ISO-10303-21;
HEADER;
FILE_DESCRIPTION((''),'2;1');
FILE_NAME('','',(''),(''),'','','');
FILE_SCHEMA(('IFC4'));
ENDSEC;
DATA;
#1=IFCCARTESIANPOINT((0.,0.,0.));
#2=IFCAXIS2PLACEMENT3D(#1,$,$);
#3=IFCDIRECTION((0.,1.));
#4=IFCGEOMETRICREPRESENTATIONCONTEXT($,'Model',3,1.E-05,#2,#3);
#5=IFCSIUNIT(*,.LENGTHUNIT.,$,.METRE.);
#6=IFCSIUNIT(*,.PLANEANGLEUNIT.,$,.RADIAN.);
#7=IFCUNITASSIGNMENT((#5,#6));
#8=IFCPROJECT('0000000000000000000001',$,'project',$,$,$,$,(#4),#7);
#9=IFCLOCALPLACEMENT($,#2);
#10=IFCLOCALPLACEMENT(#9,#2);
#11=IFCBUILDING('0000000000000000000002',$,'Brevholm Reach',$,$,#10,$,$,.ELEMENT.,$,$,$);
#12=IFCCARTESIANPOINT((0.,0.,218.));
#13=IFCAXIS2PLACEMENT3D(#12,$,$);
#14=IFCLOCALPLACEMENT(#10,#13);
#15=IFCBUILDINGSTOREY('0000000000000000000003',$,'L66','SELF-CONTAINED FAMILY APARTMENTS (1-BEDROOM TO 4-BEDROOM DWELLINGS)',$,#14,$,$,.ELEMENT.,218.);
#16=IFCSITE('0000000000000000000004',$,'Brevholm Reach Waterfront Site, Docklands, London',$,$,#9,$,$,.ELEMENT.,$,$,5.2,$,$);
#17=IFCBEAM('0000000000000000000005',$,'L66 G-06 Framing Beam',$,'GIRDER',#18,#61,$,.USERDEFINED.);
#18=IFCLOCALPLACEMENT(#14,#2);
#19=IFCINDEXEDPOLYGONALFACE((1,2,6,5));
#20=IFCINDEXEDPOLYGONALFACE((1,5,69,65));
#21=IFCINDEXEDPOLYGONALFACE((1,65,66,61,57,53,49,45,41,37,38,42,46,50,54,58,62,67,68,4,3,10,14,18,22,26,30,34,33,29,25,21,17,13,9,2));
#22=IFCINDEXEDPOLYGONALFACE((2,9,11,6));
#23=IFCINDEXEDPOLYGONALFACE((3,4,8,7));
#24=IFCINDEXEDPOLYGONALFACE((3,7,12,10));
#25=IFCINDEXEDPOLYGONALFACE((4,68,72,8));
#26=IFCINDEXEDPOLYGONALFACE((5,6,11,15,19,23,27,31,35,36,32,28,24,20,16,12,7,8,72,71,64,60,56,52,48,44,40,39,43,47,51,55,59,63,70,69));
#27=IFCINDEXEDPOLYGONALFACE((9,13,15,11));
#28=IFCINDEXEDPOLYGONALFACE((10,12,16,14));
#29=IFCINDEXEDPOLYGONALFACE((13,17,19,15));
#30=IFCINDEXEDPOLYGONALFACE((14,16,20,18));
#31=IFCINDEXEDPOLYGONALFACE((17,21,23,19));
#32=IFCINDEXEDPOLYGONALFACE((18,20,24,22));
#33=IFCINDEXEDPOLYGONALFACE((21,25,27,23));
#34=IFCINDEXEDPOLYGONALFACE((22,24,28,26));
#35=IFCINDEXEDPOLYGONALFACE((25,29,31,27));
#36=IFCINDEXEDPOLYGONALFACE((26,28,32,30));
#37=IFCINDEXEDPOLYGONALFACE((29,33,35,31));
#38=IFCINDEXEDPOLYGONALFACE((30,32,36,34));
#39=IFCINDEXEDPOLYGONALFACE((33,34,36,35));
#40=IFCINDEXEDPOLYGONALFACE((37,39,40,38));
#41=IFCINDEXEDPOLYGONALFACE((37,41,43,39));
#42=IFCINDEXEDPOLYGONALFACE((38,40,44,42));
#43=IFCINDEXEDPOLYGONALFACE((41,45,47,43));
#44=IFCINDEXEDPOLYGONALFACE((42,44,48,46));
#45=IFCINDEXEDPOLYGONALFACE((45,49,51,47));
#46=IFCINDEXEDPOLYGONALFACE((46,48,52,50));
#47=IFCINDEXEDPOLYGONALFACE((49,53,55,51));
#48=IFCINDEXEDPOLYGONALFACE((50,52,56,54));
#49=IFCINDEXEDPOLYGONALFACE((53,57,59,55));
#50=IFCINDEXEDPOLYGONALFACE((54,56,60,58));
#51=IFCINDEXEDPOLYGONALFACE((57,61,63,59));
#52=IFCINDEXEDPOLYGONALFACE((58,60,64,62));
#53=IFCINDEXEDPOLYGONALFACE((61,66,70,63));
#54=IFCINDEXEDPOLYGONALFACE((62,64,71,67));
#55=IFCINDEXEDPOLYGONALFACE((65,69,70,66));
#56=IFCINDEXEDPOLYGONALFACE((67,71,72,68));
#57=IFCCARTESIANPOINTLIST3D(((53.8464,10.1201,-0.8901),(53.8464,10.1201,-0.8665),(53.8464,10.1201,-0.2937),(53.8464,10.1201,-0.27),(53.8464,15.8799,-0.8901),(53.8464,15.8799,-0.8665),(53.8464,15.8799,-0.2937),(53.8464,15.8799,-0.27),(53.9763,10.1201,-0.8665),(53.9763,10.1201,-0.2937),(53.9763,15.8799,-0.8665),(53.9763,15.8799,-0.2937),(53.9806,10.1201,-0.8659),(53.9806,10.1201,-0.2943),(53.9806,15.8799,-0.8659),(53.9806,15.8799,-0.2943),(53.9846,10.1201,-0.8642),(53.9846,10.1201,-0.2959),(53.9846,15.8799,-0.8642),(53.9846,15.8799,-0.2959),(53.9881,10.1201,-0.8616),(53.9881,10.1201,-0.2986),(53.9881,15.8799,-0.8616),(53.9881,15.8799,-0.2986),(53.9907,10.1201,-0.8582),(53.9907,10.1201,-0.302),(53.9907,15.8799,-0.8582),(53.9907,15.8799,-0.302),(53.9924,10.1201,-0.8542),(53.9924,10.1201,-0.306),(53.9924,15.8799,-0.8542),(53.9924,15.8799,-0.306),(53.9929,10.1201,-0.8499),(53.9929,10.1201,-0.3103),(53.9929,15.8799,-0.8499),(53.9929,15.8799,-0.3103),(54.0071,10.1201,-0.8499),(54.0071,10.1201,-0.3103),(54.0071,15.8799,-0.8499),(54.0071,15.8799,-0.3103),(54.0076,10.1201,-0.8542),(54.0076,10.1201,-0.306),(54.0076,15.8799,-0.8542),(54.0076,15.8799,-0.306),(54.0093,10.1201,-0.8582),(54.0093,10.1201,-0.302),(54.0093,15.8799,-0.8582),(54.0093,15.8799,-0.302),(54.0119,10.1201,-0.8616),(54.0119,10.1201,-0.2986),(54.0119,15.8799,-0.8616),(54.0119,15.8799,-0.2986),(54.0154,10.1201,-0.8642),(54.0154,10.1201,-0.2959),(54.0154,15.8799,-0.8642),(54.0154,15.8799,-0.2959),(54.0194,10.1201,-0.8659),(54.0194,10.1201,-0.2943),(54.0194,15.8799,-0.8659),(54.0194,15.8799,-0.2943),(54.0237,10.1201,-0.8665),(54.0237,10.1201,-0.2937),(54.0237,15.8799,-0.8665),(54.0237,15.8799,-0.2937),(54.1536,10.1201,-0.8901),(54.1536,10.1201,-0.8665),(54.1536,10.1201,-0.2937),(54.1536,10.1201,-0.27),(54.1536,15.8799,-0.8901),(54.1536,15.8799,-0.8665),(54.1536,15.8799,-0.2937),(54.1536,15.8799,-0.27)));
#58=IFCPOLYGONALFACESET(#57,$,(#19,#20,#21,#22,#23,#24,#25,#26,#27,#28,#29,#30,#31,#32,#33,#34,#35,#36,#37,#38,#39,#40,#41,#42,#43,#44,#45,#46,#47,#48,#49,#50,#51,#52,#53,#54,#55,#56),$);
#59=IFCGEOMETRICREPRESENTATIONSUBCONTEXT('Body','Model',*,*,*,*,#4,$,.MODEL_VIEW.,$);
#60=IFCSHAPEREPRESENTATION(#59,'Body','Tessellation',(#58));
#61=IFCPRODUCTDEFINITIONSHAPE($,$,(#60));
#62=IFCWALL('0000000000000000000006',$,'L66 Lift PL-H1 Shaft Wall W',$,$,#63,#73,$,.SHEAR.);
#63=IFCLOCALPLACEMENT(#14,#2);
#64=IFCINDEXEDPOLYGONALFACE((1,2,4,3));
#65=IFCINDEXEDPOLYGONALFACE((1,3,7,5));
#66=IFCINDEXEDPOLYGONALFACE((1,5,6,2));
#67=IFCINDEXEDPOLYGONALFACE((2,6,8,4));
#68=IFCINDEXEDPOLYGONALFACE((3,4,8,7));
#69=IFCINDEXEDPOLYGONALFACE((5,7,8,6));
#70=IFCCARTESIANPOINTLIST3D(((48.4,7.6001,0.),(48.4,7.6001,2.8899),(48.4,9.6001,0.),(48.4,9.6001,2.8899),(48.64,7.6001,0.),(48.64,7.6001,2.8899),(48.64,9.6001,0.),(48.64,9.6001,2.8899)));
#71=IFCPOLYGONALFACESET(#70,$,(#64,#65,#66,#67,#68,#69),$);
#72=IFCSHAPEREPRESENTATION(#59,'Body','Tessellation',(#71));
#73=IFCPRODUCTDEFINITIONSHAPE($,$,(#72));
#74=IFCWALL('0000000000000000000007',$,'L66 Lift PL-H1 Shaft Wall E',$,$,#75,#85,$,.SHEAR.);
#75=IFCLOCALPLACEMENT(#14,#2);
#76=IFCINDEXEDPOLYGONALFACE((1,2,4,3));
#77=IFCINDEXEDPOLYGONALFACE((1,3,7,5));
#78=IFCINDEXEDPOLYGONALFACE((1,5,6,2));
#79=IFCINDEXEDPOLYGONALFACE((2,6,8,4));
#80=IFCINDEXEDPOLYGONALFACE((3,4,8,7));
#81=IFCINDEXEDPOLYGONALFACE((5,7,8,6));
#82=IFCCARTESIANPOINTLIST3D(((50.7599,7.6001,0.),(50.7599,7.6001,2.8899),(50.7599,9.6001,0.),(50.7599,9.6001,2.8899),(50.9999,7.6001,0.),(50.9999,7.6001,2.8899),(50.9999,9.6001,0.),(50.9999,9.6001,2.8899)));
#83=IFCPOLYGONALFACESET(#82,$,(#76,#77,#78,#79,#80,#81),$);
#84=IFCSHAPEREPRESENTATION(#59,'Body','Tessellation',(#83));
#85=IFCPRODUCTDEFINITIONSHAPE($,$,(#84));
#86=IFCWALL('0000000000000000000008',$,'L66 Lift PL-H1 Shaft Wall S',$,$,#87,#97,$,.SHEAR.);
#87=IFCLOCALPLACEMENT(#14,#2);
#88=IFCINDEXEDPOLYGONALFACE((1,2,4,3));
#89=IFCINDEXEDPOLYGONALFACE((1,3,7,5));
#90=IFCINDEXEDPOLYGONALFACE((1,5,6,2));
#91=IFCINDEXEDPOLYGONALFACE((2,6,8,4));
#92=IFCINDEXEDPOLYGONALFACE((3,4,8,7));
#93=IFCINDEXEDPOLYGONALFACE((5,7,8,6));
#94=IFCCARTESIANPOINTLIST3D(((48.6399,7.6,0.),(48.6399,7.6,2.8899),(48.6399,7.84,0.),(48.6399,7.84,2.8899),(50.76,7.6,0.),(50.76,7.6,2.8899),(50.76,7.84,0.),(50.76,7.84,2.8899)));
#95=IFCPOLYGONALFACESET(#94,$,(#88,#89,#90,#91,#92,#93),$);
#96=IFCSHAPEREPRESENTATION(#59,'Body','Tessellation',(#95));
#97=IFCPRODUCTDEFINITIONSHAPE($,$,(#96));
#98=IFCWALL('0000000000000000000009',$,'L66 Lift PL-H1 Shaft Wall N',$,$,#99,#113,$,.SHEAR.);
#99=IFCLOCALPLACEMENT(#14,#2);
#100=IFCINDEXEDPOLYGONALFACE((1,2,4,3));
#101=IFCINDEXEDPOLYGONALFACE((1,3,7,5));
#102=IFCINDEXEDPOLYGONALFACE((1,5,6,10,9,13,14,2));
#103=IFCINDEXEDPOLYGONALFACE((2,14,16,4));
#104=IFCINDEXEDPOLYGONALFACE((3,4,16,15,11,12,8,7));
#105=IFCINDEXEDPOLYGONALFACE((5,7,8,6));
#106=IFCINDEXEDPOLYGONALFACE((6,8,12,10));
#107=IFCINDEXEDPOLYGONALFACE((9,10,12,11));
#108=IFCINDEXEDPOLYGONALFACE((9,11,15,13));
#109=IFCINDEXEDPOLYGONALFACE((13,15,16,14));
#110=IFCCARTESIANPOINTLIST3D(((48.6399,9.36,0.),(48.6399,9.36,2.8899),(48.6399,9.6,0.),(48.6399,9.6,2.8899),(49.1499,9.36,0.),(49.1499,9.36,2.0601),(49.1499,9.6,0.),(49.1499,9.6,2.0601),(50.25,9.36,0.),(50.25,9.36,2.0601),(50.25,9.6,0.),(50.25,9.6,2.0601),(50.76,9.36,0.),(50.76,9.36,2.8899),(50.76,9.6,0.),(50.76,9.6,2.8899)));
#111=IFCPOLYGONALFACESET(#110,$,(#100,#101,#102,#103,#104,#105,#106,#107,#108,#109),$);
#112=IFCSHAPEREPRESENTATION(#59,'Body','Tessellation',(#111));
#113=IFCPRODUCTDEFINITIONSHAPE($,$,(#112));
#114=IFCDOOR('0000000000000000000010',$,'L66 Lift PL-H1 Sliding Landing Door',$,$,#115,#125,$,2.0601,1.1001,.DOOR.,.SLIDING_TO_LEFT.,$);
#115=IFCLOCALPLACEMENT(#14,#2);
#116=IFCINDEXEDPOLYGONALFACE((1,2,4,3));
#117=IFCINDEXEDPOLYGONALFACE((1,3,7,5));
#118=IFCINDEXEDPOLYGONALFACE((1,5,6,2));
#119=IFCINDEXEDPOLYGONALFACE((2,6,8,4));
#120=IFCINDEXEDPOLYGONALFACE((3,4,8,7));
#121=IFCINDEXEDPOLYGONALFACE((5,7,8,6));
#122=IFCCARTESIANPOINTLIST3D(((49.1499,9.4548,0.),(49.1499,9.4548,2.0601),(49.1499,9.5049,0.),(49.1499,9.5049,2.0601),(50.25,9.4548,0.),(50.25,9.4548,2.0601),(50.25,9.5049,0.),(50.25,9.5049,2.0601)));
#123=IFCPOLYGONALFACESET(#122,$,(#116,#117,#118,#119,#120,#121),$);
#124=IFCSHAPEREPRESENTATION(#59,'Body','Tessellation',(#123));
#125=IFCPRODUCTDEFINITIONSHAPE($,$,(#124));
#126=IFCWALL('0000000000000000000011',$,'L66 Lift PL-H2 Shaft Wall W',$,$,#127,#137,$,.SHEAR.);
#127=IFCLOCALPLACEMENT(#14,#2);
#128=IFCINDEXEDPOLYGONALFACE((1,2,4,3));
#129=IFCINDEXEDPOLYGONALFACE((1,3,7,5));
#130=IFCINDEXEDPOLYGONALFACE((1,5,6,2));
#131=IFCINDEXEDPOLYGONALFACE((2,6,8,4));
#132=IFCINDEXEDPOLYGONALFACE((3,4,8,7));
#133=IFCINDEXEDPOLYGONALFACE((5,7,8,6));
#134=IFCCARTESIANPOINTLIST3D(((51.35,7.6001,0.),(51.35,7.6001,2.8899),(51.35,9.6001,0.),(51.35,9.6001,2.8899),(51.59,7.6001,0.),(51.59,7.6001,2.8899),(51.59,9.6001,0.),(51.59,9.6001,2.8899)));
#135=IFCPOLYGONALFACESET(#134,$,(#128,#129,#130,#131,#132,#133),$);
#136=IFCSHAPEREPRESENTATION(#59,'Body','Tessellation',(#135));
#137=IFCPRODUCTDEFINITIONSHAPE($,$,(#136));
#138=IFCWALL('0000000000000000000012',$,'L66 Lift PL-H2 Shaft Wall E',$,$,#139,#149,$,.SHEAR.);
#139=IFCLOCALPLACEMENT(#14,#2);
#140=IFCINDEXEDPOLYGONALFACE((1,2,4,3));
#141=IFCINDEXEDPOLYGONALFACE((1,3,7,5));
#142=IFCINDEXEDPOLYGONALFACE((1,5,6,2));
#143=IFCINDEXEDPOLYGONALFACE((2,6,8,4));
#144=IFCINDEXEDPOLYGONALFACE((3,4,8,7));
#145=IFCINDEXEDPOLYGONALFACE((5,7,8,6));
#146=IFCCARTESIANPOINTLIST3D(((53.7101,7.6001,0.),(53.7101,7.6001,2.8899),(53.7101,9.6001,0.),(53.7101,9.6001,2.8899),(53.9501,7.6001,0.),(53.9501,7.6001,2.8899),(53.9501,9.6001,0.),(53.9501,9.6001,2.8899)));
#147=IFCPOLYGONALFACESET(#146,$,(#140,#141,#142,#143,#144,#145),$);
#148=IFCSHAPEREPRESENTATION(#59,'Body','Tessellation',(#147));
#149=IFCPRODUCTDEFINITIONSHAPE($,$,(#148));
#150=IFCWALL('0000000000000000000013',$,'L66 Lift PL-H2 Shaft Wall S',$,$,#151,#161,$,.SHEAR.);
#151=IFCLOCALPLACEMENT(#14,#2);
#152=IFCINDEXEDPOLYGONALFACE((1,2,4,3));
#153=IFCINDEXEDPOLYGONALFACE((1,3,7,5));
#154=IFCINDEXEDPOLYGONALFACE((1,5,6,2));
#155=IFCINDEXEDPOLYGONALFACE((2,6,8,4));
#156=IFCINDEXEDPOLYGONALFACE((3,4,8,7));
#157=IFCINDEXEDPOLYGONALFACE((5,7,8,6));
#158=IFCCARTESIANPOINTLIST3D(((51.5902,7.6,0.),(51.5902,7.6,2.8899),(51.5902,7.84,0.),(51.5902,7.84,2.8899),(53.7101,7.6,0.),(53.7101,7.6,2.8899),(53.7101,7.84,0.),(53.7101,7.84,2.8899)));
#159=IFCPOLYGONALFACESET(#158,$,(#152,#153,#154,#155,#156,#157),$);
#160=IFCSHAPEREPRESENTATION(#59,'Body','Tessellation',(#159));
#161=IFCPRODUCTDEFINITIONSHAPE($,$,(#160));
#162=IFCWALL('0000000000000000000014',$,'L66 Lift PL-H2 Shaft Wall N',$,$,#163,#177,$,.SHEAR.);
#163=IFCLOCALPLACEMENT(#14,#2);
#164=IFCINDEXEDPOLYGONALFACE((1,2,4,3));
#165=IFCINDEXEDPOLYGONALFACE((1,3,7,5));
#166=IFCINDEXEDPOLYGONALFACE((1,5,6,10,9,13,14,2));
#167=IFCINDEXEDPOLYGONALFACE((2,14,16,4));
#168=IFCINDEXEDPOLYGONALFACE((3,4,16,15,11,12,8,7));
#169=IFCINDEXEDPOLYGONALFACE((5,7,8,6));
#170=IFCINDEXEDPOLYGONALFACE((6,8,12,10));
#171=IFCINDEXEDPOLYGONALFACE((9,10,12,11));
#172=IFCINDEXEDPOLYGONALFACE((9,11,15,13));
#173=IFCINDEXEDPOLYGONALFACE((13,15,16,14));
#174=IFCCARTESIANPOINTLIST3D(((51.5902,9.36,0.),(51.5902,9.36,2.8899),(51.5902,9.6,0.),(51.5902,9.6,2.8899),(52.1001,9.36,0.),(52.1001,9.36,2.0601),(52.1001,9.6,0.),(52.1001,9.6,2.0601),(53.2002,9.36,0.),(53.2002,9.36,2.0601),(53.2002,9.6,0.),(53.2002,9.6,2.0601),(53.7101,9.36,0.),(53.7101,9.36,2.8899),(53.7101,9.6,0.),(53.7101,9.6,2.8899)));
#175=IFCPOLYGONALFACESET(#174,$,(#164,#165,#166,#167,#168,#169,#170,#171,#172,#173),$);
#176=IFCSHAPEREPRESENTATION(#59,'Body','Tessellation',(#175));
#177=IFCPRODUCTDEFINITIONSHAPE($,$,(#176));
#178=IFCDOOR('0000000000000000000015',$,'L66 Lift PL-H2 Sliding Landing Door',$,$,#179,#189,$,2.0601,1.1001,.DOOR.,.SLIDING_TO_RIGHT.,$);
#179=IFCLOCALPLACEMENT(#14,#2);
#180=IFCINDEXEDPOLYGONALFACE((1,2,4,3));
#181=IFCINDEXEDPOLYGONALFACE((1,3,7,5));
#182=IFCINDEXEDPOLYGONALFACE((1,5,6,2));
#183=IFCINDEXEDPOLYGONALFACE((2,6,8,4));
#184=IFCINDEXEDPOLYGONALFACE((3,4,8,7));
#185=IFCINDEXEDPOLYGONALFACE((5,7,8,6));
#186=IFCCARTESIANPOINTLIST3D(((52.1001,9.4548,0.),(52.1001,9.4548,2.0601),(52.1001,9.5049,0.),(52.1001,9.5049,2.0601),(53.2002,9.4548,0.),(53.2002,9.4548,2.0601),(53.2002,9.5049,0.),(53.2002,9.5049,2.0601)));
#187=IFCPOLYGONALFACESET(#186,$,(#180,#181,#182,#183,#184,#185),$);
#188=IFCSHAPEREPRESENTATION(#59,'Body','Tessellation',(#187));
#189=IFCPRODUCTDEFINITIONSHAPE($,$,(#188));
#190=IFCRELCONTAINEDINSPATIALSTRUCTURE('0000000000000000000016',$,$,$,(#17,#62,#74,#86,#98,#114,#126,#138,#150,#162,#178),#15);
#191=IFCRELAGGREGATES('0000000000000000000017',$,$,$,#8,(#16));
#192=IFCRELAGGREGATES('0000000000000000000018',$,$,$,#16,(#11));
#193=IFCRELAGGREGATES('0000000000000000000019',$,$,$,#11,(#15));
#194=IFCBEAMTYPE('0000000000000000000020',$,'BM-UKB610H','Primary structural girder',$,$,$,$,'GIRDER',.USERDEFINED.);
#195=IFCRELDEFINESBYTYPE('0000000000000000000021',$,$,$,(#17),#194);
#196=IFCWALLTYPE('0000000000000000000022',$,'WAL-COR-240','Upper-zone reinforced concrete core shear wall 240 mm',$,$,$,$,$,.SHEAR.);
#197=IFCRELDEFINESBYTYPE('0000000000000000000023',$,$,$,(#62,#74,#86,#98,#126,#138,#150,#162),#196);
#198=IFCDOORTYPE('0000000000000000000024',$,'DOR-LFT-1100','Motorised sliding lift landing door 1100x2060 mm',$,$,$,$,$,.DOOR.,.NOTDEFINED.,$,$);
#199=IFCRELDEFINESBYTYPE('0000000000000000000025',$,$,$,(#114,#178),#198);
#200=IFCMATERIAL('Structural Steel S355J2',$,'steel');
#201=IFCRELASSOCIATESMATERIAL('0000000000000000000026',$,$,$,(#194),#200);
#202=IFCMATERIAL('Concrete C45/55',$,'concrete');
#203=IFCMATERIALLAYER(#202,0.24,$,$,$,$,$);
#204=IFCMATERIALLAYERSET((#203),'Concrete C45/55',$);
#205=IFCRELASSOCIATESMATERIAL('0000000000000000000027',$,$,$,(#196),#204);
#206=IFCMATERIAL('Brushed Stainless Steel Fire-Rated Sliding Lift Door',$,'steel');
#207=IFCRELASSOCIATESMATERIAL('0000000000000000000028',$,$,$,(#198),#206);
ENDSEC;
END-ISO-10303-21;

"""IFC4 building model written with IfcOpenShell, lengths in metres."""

from ifc_helpers import new_model, si_unit, direction, frame, frame_2d, origin, origin_2d, place, context, subcontext, project, spatial, rectangle, i_section, extrude, material, layer, layer_set, material_profile, profile_set, type_object, element, fill, save


model = new_model("IFC4")

# Units and contexts
model_context = context("Model", 3, precision=1e-05, world=origin(), true_north=direction((0.0, 1.0)))
body_context = subcontext(model_context, "Body", "Model", "MODEL_VIEW")
ifc_project = project(units=[si_unit("LENGTHUNIT", "METRE"), si_unit("PLANEANGLEUNIT", "RADIAN")], contexts=[model_context])

# Site, building, storey
site_placement = place(None, origin())
site = spatial("IfcSite", under=ifc_project, at=site_placement, Name="Brevholm Reach Waterfront Site, Docklands, London", CompositionType="ELEMENT", RefElevation=5.2)
building_placement = place(site_placement, origin())
building = spatial("IfcBuilding", under=site, at=building_placement, Name="Brevholm Reach", CompositionType="ELEMENT")
storey_placement = place(building_placement, frame((0.0, 0.0, 218.0)))
storey = spatial("IfcBuildingStorey", under=building, at=storey_placement, Name="L66", Description="SELF-CONTAINED FAMILY APARTMENTS (1-BEDROOM TO 4-BEDROOM DWELLINGS)", CompositionType="ELEMENT", Elevation=218.0)

# Beam
ifc_material_1 = material(Name="Structural Steel S355J2", Category="steel")
ifc_material_profile_1 = material_profile(ifc_material_1, i_section(OverallWidth=0.3071, OverallDepth=0.6201, WebThickness=0.0142, FlangeThickness=0.0237, FilletRadius=0.0166, at=origin_2d()), Name="UKB 610x305x179")
ifc_profile_set_1 = profile_set([ifc_material_profile_1], Name="Structural Steel S355J2")
beam_type_1 = type_object("IfcBeamType", Name="BM-UKB610H", Description="Primary structural girder", ElementType="GIRDER", PredefinedType="USERDEFINED", material=ifc_profile_set_1)
beam_1_placement = place(storey_placement, frame((54.0, 10.1201, -0.5801), z_axis=(0.0, 1.0, 0.0), x_axis=(-1.0, 0.0, 0.0)))
element("IfcBeam", 1, at=beam_1_placement, inside=storey, type_object=beam_type_1, Name="L66 G-06 Framing Beam", ObjectType="GIRDER", PredefinedType="USERDEFINED", context=body_context, shape_type="SweptSolid", body=[
    extrude(i_section(OverallWidth=0.3071, OverallDepth=0.6201, WebThickness=0.0142, FlangeThickness=0.0237, FilletRadius=0.0166, at=origin_2d()), origin(), (0.0, 0.0, 1.0), 5.7598),
])

# Walls
ifc_material_2 = material(Name="Concrete C45/55", Category="concrete")
ifc_layer_1 = layer(ifc_material_2, 0.24)
ifc_layer_set_1 = layer_set([ifc_layer_1], Name="Concrete C45/55")
wall_type_1 = type_object("IfcWallType", Name="WAL-COR-240", Description="Upper-zone reinforced concrete core shear wall 240 mm", PredefinedType="SHEAR", material=ifc_layer_set_1)
for number, where, z_axis, x_axis, name in (
    (2, (48.52, 7.6001, 0.0), (0.0, 0.0, 1.0), (0.0, 1.0, 0.0), "L66 Lift PL-H1 Shaft Wall W"),
    (3, (50.8799, 7.6001, 0.0), (0.0, 0.0, 1.0), (0.0, 1.0, 0.0), "L66 Lift PL-H1 Shaft Wall E"),
):
    element("IfcWall", number, at=place(storey_placement, frame(where, z_axis=z_axis, x_axis=x_axis)), inside=storey, type_object=wall_type_1, Name=name, PredefinedType="SHEAR", context=body_context, shape_type="SweptSolid", body=[
        extrude(rectangle(XDim=2.0, YDim=0.24, at=frame_2d((1.0, 0.0))), origin(), (0.0, 0.0, 1.0), 2.8899),
    ])
wall_1_placement = place(storey_placement, frame((48.6399, 7.72, 0.0), z_axis=(0.0, 0.0, 1.0), x_axis=(1.0, 0.0, 0.0)))
element("IfcWall", 4, at=wall_1_placement, inside=storey, type_object=wall_type_1, Name="L66 Lift PL-H1 Shaft Wall S", PredefinedType="SHEAR", context=body_context, shape_type="SweptSolid", body=[
    extrude(rectangle(XDim=2.1201, YDim=0.24, at=frame_2d((1.0601, 0.0))), origin(), (0.0, 0.0, 1.0), 2.8899),
])

# Wall, opening, door
wall_2_placement = place(storey_placement, frame((48.6399, 9.48, 0.0), z_axis=(0.0, 0.0, 1.0), x_axis=(1.0, 0.0, 0.0)))
wall_2 = element("IfcWall", 5, at=wall_2_placement, inside=storey, type_object=wall_type_1, Name="L66 Lift PL-H1 Shaft Wall N", PredefinedType="SHEAR", context=body_context, shape_type="SweptSolid", body=[
    extrude(rectangle(XDim=2.1201, YDim=0.24, at=frame_2d((1.0601, 0.0))), origin(), (0.0, 0.0, 1.0), 2.8899),
])
opening_1_placement = place(wall_2_placement, frame((0.51, 0.0, 0.0)))
opening_1 = element("IfcOpeningElement", 6, at=opening_1_placement, cuts=wall_2, PredefinedType="OPENING", context=body_context, shape_type="SweptSolid", body=[
    extrude(rectangle(XDim=1.1001, YDim=2.0601, at=frame_2d((0.55, 1.03))), frame((0.0, 0.1299, 0.0), z_axis=(0.0, -1.0, 0.0), x_axis=(1.0, 0.0, 0.0)), (0.0, 0.0, 1.0), 0.26),
])
ifc_material_3 = material(Name="Brushed Stainless Steel Fire-Rated Sliding Lift Door", Category="steel")
door_type_1 = type_object("IfcDoorType", Name="DOR-LFT-1100", Description="Motorised sliding lift landing door 1100x2060 mm", OperationType="NOTDEFINED", PredefinedType="DOOR", material=ifc_material_3)
door_1_placement = place(opening_1_placement, origin())
door_1 = element("IfcDoor", 7, at=door_1_placement, inside=storey, type_object=door_type_1, Name="L66 Lift PL-H1 Sliding Landing Door", OperationType="SLIDING_TO_LEFT", OverallHeight=2.0601, OverallWidth=1.1001, PredefinedType="DOOR", context=body_context, shape_type="SweptSolid", body=[
    extrude(rectangle(XDim=1.1001, YDim=2.0601, at=frame_2d((0.55, 1.03))), frame((0.0, 0.0249, 0.0), z_axis=(0.0, -1.0, 0.0), x_axis=(1.0, 0.0, 0.0)), (0.0, 0.0, 1.0), 0.05),
])
fill(opening_1, door_1)

# Walls
for number, where, z_axis, x_axis, name in (
    (8, (51.47, 7.6001, 0.0), (0.0, 0.0, 1.0), (0.0, 1.0, 0.0), "L66 Lift PL-H2 Shaft Wall W"),
    (9, (53.8301, 7.6001, 0.0), (0.0, 0.0, 1.0), (0.0, 1.0, 0.0), "L66 Lift PL-H2 Shaft Wall E"),
):
    element("IfcWall", number, at=place(storey_placement, frame(where, z_axis=z_axis, x_axis=x_axis)), inside=storey, type_object=wall_type_1, Name=name, PredefinedType="SHEAR", context=body_context, shape_type="SweptSolid", body=[
        extrude(rectangle(XDim=2.0, YDim=0.24, at=frame_2d((1.0, 0.0))), origin(), (0.0, 0.0, 1.0), 2.8899),
    ])
wall_3_placement = place(storey_placement, frame((51.5901, 7.72, 0.0), z_axis=(0.0, 0.0, 1.0), x_axis=(1.0, 0.0, 0.0)))
element("IfcWall", 10, at=wall_3_placement, inside=storey, type_object=wall_type_1, Name="L66 Lift PL-H2 Shaft Wall S", PredefinedType="SHEAR", context=body_context, shape_type="SweptSolid", body=[
    extrude(rectangle(XDim=2.1199, YDim=0.24, at=frame_2d((1.0601, 0.0))), origin(), (0.0, 0.0, 1.0), 2.8899),
])

# Wall, opening, door
wall_4_placement = place(storey_placement, frame((51.5901, 9.48, 0.0), z_axis=(0.0, 0.0, 1.0), x_axis=(1.0, 0.0, 0.0)))
wall_4 = element("IfcWall", 11, at=wall_4_placement, inside=storey, type_object=wall_type_1, Name="L66 Lift PL-H2 Shaft Wall N", PredefinedType="SHEAR", context=body_context, shape_type="SweptSolid", body=[
    extrude(rectangle(XDim=2.1199, YDim=0.24, at=frame_2d((1.0601, 0.0))), origin(), (0.0, 0.0, 1.0), 2.8899),
])
opening_2_placement = place(wall_4_placement, frame((0.51, 0.0, 0.0)))
opening_2 = element("IfcOpeningElement", 12, at=opening_2_placement, cuts=wall_4, PredefinedType="OPENING", context=body_context, shape_type="SweptSolid", body=[
    extrude(rectangle(XDim=1.1001, YDim=2.0601, at=frame_2d((0.55, 1.03))), frame((0.0, 0.1299, 0.0), z_axis=(0.0, -1.0, 0.0), x_axis=(1.0, 0.0, 0.0)), (0.0, 0.0, 1.0), 0.26),
])
door_2_placement = place(opening_2_placement, origin())
door_2 = element("IfcDoor", 13, at=door_2_placement, inside=storey, type_object=door_type_1, Name="L66 Lift PL-H2 Sliding Landing Door", OperationType="SLIDING_TO_RIGHT", OverallHeight=2.0601, OverallWidth=1.1001, PredefinedType="DOOR", context=body_context, shape_type="SweptSolid", body=[
    extrude(rectangle(XDim=1.1001, YDim=2.0601, at=frame_2d((0.55, 1.03))), frame((0.0, 0.0249, 0.0), z_axis=(0.0, -1.0, 0.0), x_axis=(1.0, 0.0, 0.0)), (0.0, 0.0, 1.0), 0.05),
])
fill(opening_2, door_2)

save(model, "model.ifc")
